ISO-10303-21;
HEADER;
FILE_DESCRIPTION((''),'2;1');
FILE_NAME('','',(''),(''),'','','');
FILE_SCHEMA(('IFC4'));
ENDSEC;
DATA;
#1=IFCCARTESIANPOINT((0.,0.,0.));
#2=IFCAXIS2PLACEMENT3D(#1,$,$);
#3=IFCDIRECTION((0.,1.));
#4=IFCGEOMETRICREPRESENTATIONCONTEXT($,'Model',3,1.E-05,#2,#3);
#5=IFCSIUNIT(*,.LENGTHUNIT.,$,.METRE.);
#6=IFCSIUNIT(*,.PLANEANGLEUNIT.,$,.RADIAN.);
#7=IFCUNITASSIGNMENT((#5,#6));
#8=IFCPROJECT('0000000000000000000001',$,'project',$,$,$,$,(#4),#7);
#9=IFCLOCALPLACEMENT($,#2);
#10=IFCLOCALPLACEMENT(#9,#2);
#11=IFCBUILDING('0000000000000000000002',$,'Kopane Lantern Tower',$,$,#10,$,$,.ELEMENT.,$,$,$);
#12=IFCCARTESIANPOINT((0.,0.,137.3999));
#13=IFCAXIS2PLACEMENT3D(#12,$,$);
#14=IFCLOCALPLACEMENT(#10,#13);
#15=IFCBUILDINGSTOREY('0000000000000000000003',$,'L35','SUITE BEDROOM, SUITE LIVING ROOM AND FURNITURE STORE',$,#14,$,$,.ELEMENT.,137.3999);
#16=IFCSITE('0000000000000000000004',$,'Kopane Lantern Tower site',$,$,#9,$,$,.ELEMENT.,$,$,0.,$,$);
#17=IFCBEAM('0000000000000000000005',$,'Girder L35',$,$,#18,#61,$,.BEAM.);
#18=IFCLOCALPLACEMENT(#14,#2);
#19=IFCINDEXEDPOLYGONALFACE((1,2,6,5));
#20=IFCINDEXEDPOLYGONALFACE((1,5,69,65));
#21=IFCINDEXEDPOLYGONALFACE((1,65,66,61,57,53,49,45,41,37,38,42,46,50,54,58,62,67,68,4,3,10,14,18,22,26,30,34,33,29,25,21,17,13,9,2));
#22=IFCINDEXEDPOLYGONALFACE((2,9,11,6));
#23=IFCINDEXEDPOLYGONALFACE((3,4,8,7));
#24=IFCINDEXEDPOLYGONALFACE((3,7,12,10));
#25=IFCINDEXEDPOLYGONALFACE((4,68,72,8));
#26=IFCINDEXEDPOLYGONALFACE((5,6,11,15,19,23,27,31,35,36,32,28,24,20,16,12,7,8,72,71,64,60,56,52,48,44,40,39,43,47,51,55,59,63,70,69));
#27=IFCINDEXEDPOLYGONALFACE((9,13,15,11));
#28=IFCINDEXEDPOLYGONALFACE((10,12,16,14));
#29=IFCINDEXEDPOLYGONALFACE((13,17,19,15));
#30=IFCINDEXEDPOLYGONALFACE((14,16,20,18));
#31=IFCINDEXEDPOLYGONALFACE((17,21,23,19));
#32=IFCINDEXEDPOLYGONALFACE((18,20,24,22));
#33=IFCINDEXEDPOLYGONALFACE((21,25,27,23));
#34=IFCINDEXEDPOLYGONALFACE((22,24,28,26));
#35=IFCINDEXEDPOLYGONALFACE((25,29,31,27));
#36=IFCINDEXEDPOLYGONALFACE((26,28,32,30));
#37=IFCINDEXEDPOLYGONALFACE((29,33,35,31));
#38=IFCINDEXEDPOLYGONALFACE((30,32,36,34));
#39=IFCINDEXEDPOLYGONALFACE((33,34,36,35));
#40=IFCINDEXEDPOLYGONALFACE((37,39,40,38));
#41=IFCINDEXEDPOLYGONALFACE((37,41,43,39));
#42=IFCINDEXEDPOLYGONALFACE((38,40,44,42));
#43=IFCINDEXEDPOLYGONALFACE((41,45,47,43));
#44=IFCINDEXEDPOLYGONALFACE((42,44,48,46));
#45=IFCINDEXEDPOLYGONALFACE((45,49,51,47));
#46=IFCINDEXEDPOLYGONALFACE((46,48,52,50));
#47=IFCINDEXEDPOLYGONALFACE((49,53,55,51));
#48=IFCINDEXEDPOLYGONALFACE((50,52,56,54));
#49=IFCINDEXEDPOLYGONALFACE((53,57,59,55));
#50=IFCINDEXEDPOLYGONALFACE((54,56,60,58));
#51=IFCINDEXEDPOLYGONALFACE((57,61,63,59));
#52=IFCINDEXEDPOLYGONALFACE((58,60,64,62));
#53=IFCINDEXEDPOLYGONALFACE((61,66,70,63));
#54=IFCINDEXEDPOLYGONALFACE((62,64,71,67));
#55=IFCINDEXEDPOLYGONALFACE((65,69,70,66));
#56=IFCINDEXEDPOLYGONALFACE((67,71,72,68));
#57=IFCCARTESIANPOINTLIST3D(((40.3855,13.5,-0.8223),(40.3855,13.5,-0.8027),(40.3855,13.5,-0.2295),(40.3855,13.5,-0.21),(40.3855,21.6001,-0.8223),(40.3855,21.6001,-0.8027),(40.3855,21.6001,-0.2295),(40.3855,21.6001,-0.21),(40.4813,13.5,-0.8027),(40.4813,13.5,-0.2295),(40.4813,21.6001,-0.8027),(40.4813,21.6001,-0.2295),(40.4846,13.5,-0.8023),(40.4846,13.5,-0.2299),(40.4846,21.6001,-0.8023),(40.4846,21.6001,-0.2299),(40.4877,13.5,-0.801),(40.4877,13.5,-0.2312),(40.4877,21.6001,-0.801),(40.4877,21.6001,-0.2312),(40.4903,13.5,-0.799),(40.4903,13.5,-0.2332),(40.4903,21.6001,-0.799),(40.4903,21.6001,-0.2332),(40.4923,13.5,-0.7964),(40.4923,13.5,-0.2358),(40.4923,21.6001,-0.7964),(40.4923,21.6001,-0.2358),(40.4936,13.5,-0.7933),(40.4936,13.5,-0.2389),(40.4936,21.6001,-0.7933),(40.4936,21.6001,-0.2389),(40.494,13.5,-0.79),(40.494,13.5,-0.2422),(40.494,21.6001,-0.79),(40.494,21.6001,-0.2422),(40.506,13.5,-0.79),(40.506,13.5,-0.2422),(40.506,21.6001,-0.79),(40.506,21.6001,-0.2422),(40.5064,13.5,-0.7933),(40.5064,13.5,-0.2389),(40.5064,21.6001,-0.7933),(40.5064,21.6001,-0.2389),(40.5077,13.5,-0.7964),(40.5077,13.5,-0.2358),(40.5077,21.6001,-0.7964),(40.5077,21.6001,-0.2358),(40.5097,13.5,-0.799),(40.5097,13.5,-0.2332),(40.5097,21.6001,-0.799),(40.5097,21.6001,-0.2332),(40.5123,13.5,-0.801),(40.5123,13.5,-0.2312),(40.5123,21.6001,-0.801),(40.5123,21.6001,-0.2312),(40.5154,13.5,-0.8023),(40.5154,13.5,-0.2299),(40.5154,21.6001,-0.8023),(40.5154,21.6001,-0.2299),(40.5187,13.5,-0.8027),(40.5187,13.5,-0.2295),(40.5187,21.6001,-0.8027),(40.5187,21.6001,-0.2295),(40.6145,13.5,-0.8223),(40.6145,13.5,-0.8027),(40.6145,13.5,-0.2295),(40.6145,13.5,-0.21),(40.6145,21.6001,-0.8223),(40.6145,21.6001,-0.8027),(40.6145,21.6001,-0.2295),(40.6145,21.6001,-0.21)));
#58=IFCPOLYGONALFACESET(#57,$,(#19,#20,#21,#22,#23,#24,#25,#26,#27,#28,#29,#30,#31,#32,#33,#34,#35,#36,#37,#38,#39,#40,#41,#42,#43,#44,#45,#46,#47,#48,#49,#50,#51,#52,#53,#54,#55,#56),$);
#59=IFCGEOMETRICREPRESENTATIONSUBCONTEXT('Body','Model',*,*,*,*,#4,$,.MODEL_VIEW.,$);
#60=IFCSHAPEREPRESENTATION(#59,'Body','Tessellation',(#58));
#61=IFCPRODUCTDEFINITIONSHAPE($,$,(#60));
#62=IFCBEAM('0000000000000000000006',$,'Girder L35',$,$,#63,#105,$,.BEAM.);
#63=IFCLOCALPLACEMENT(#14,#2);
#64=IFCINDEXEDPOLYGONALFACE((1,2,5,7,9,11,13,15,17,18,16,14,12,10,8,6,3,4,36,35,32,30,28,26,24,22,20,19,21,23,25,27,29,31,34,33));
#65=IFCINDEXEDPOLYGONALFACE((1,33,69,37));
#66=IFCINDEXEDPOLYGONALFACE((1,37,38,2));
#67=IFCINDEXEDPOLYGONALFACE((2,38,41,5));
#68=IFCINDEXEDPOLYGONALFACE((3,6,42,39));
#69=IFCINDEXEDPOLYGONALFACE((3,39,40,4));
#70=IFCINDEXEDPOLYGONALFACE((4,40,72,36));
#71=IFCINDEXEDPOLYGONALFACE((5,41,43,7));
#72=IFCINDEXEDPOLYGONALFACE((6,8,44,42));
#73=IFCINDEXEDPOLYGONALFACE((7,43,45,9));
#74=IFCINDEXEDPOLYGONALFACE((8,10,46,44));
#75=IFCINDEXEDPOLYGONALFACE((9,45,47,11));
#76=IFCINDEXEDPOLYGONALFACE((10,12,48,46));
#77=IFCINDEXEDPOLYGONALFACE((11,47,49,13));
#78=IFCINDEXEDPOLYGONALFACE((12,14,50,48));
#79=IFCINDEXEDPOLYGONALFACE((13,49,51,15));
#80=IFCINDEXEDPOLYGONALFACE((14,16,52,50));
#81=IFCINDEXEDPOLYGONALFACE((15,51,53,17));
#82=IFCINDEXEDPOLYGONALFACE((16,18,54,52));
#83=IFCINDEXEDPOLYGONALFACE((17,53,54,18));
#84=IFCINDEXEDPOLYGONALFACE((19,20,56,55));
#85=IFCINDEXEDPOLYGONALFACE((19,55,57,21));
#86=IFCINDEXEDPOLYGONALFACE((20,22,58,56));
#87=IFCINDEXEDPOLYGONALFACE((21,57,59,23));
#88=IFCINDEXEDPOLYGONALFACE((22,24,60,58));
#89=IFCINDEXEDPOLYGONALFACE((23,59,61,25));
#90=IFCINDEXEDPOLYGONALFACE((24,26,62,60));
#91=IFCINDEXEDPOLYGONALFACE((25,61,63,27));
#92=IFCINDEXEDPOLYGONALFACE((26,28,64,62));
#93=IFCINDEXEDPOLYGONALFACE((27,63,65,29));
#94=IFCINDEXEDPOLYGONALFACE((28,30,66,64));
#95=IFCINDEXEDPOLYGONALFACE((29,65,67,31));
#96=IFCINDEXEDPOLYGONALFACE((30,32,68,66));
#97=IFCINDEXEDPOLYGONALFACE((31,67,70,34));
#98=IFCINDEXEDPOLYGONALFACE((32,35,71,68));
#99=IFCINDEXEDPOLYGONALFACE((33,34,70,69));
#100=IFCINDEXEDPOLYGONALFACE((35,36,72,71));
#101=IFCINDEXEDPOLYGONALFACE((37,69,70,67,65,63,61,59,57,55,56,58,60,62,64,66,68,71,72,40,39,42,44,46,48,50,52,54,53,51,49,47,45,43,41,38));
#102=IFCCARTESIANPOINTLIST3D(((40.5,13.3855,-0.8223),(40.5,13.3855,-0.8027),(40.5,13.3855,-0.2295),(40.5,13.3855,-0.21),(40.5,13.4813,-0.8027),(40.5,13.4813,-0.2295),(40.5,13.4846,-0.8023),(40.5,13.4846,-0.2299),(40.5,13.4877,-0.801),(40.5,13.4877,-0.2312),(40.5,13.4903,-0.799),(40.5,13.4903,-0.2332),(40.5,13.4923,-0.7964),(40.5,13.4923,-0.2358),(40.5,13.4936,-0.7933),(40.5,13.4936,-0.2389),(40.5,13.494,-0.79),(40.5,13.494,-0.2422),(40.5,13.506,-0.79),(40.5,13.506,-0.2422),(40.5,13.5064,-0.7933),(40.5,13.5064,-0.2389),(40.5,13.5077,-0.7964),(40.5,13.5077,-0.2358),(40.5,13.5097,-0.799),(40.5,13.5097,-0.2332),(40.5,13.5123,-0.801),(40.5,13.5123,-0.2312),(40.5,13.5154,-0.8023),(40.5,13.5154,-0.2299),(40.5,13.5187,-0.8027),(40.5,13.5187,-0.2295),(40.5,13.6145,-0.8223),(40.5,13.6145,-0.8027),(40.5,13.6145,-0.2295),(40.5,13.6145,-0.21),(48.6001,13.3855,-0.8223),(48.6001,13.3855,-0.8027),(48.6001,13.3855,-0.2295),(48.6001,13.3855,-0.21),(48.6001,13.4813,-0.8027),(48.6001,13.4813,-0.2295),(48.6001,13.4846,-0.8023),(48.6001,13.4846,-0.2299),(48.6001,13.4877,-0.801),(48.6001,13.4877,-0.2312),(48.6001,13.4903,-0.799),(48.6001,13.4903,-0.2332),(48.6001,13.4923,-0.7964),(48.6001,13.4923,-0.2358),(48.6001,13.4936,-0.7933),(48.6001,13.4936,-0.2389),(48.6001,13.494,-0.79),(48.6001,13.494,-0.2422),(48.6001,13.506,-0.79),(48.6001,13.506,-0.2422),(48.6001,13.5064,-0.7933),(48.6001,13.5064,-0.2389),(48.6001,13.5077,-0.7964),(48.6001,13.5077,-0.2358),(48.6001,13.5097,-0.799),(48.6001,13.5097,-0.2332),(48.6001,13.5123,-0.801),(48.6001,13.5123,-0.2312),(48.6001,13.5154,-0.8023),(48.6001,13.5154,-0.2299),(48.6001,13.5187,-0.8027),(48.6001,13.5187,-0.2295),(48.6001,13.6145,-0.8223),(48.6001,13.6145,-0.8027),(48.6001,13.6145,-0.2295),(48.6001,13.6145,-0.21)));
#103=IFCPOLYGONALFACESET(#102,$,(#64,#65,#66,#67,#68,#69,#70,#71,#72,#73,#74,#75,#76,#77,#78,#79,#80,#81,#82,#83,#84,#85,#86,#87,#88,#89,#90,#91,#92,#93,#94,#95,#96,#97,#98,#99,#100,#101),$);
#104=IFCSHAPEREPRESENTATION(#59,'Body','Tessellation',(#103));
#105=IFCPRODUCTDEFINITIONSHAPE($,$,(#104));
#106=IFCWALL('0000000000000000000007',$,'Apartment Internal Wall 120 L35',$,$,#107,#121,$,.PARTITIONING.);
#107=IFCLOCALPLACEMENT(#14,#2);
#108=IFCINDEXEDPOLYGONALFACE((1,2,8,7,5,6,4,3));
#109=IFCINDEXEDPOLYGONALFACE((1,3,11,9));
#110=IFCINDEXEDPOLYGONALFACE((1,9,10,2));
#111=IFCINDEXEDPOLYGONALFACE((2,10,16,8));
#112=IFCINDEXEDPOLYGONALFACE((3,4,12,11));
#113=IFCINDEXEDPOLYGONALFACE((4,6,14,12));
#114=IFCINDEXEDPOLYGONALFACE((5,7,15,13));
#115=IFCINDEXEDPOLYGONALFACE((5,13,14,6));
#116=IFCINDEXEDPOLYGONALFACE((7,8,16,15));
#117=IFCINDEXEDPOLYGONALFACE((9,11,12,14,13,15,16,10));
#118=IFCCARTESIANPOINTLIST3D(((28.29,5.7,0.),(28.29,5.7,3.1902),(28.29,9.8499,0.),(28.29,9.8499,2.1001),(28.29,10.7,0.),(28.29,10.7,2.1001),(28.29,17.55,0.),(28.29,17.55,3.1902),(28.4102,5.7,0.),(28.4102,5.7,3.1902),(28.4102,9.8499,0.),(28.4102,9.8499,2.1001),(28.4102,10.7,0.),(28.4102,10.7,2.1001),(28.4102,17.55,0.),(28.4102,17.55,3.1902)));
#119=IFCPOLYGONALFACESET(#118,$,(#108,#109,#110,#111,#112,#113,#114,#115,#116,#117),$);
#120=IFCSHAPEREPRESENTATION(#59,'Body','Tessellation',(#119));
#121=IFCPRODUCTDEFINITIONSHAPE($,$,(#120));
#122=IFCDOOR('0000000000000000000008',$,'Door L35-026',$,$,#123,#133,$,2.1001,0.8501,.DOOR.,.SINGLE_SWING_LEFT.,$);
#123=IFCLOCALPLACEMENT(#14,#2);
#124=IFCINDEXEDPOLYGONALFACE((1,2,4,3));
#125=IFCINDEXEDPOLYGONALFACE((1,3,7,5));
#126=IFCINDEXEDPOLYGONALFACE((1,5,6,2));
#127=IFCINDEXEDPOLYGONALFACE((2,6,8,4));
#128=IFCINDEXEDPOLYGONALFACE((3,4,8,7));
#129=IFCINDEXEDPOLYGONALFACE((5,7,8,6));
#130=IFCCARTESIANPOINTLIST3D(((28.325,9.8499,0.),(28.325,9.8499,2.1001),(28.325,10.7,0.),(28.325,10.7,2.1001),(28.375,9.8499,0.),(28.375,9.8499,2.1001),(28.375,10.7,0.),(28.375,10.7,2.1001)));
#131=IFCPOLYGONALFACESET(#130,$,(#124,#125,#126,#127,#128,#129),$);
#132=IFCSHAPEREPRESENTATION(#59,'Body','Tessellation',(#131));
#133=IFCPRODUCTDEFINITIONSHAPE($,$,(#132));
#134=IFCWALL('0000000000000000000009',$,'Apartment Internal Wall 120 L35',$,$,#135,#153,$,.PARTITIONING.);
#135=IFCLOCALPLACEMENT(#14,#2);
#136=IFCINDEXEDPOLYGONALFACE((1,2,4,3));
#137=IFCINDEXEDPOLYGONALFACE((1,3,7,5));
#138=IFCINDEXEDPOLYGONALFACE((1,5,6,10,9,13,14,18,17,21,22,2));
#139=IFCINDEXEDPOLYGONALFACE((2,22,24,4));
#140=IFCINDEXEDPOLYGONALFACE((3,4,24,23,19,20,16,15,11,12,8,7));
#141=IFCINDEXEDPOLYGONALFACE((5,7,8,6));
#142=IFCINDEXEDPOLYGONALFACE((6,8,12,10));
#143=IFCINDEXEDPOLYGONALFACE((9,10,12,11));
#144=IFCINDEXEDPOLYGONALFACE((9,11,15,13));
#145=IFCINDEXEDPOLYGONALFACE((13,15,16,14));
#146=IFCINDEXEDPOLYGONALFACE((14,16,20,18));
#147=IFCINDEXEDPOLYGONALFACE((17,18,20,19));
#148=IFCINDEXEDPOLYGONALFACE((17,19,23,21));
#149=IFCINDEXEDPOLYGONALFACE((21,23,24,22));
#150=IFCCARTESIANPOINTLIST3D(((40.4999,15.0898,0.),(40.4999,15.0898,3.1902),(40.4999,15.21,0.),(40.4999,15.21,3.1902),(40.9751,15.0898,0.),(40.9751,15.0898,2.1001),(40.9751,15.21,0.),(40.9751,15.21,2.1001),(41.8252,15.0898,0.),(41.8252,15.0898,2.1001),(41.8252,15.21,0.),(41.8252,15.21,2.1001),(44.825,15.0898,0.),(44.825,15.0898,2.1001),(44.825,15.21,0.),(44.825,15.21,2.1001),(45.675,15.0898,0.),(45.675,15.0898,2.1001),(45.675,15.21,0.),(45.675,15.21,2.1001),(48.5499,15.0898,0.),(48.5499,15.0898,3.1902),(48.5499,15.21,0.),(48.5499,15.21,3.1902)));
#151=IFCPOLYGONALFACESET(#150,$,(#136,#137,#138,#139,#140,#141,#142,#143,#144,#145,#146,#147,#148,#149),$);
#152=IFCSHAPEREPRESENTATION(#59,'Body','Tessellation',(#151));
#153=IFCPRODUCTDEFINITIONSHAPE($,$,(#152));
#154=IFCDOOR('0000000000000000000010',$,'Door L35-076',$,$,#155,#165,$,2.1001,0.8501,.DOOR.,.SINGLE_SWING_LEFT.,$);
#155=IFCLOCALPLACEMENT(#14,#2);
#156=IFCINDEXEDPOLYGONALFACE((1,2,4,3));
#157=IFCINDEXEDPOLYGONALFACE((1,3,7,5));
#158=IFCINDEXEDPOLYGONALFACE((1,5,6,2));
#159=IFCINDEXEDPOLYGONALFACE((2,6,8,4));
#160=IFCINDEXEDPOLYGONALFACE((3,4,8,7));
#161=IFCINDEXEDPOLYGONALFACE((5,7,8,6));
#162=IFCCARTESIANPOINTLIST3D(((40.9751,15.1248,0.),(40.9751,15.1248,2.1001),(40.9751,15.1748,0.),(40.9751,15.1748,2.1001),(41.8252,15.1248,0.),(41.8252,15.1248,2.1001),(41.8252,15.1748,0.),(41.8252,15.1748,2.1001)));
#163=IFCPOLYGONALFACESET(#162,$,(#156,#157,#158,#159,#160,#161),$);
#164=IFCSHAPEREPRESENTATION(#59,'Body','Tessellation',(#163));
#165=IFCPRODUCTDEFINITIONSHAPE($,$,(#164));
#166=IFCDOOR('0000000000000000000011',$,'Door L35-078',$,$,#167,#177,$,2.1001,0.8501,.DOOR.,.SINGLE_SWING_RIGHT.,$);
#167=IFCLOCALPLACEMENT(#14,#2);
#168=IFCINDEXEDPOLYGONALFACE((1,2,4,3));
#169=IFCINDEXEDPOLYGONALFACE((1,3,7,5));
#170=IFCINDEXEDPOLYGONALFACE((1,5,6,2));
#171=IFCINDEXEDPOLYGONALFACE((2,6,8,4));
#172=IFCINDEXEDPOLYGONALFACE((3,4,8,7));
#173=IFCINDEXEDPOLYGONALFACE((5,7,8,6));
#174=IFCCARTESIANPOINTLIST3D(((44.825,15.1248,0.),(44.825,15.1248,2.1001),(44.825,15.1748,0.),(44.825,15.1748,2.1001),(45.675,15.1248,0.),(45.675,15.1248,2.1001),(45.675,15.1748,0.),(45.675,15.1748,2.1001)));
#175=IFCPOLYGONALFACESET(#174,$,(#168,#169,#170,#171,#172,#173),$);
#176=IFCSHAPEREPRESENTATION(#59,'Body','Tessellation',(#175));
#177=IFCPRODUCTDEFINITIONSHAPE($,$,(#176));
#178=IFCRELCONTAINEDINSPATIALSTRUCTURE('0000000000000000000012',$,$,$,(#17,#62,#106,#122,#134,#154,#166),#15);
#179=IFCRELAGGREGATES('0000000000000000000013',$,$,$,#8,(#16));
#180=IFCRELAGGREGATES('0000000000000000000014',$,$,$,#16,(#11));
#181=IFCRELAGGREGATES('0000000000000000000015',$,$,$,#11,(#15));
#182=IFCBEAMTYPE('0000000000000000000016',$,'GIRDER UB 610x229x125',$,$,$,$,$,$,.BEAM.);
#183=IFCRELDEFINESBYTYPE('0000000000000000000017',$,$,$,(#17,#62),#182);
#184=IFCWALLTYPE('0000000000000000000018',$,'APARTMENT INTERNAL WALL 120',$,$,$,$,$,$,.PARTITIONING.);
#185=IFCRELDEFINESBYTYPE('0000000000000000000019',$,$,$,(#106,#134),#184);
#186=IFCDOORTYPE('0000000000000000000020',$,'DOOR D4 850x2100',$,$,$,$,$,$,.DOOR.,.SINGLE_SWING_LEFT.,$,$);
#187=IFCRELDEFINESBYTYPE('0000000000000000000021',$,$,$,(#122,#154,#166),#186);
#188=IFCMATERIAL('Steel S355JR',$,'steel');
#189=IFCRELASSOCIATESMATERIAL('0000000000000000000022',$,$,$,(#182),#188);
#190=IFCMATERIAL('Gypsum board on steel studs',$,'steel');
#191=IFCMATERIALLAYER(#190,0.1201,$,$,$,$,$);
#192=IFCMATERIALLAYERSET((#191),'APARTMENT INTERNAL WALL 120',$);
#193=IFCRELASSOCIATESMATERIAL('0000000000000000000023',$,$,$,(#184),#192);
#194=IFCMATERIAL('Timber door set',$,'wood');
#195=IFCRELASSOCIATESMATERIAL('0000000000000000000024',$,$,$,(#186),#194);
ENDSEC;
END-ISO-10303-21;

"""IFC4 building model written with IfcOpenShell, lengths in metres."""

from ifc_helpers import new_model, si_unit, direction, frame, frame_2d, origin, origin_2d, place, context, subcontext, project, spatial, rectangle, i_section, extrude, material, layer, layer_set, material_profile, profile_set, type_object, element, fill, save


model = new_model("IFC4")

# Units and contexts
model_context = context("Model", 3, precision=1e-05, world=origin(), true_north=direction((0.0, 1.0)))
body_context = subcontext(model_context, "Body", "Model", "MODEL_VIEW")
ifc_project = project(units=[si_unit("LENGTHUNIT", "METRE"), si_unit("PLANEANGLEUNIT", "RADIAN")], contexts=[model_context])

# Site, building, storey
site_placement = place(None, origin())
site = spatial("IfcSite", under=ifc_project, at=site_placement, Name="Kopane Lantern Tower site", CompositionType="ELEMENT", RefElevation=0.0)
building_placement = place(site_placement, origin())
building = spatial("IfcBuilding", under=site, at=building_placement, Name="Kopane Lantern Tower", CompositionType="ELEMENT")
storey_placement = place(building_placement, frame((0.0, 0.0, 137.3999)))
storey = spatial("IfcBuildingStorey", under=building, at=storey_placement, Name="L35", Description="SUITE BEDROOM, SUITE LIVING ROOM AND FURNITURE STORE", CompositionType="ELEMENT", Elevation=137.3999)

# Beams
ifc_material_1 = material(Name="Steel S355JR", Category="steel")
ifc_material_profile_1 = material_profile(ifc_material_1, i_section(OverallWidth=0.229, OverallDepth=0.6123, WebThickness=0.012, FlangeThickness=0.0195, FilletRadius=0.0127, at=origin_2d()), Name="UB 610x229x125")
ifc_profile_set_1 = profile_set([ifc_material_profile_1], Name="Steel S355JR")
beam_type = type_object("IfcBeamType", Name="GIRDER UB 610x229x125", PredefinedType="BEAM", material=ifc_profile_set_1)
for number, where, z_axis, x_axis, name in (
    (1, (40.5, 13.5, -0.5161), (0.0, 1.0, 0.0), (-1.0, 0.0, 0.0), "Girder L35"),
    (2, (40.5, 13.5, -0.5161), (1.0, 0.0, 0.0), (0.0, 1.0, 0.0), "Girder L35"),
):
    element("IfcBeam", number, at=place(storey_placement, frame(where, z_axis=z_axis, x_axis=x_axis)), inside=storey, type_object=beam_type, Name=name, PredefinedType="BEAM", context=body_context, shape_type="SweptSolid", body=[
        extrude(i_section(OverallWidth=0.229, OverallDepth=0.6123, WebThickness=0.012, FlangeThickness=0.0195, FilletRadius=0.0127, at=origin_2d()), origin(), (0.0, 0.0, 1.0), 8.1001),
    ])

# Wall, opening, door
ifc_material_2 = material(Name="Gypsum board on steel studs", Category="steel")
ifc_layer_1 = layer(ifc_material_2, 0.1201)
ifc_layer_set_1 = layer_set([ifc_layer_1], Name="APARTMENT INTERNAL WALL 120")
wall_type_1 = type_object("IfcWallType", Name="APARTMENT INTERNAL WALL 120", PredefinedType="PARTITIONING", material=ifc_layer_set_1)
wall_1_placement = place(storey_placement, frame((28.3501, 17.55, 0.0), z_axis=(0.0, 0.0, 1.0), x_axis=(0.0, -1.0, 0.0)))
wall_1 = element("IfcWall", 3, at=wall_1_placement, inside=storey, type_object=wall_type_1, Name="Apartment Internal Wall 120 L35", PredefinedType="PARTITIONING", context=body_context, shape_type="SweptSolid", body=[
    extrude(rectangle(XDim=11.8501, YDim=0.1201, at=frame_2d((5.925, 0.0))), origin(), (0.0, 0.0, 1.0), 3.1902),
])
opening_1_placement = place(wall_1_placement, frame((6.8501, 0.0, 0.0)))
opening_1 = element("IfcOpeningElement", 4, at=opening_1_placement, cuts=wall_1, PredefinedType="OPENING", context=body_context, shape_type="SweptSolid", body=[
    extrude(rectangle(XDim=0.8501, YDim=2.1001, at=frame_2d((0.425, 1.05))), frame((0.0, 0.0701, 0.0), z_axis=(0.0, -1.0, 0.0), x_axis=(1.0, 0.0, 0.0)), (0.0, 0.0, 1.0), 0.1401),
])
ifc_material_3 = material(Name="Timber door set", Category="wood")
door_type_1 = type_object("IfcDoorType", Name="DOOR D4 850x2100", OperationType="SINGLE_SWING_LEFT", PredefinedType="DOOR", material=ifc_material_3)
door_1_placement = place(opening_1_placement, origin())
door_1 = element("IfcDoor", 5, at=door_1_placement, inside=storey, type_object=door_type_1, Name="Door L35-026", OperationType="SINGLE_SWING_LEFT", OverallHeight=2.1001, OverallWidth=0.8501, PredefinedType="DOOR", context=body_context, shape_type="SweptSolid", body=[
    extrude(rectangle(XDim=0.8501, YDim=2.1001, at=frame_2d((0.425, 1.05))), frame((0.0, 0.0249, 0.0), z_axis=(0.0, -1.0, 0.0), x_axis=(1.0, 0.0, 0.0)), (0.0, 0.0, 1.0), 0.05),
])
fill(opening_1, door_1)

# Wall, openings, doors
wall_2_placement = place(storey_placement, frame((40.5, 15.1499, 0.0), z_axis=(0.0, 0.0, 1.0), x_axis=(1.0, 0.0, 0.0)))
wall_2 = element("IfcWall", 6, at=wall_2_placement, inside=storey, type_object=wall_type_1, Name="Apartment Internal Wall 120 L35", PredefinedType="PARTITIONING", context=body_context, shape_type="SweptSolid", body=[
    extrude(rectangle(XDim=8.05, YDim=0.1201, at=frame_2d((4.0249, 0.0))), origin(), (0.0, 0.0, 1.0), 3.1902),
])
opening_2_placement = place(wall_2_placement, frame((0.4751, 0.0, 0.0)))
opening_2 = element("IfcOpeningElement", 7, at=opening_2_placement, cuts=wall_2, PredefinedType="OPENING", context=body_context, shape_type="SweptSolid", body=[
    extrude(rectangle(XDim=0.8501, YDim=2.1001, at=frame_2d((0.425, 1.05))), frame((0.0, 0.0701, 0.0), z_axis=(0.0, -1.0, 0.0), x_axis=(1.0, 0.0, 0.0)), (0.0, 0.0, 1.0), 0.1401),
])
opening_3_placement = place(wall_2_placement, frame((4.325, 0.0, 0.0)))
opening_3 = element("IfcOpeningElement", 8, at=opening_3_placement, cuts=wall_2, PredefinedType="OPENING", context=body_context, shape_type="SweptSolid", body=[
    extrude(rectangle(XDim=0.8501, YDim=2.1001, at=frame_2d((0.425, 1.05))), frame((0.0, 0.0701, 0.0), z_axis=(0.0, -1.0, 0.0), x_axis=(1.0, 0.0, 0.0)), (0.0, 0.0, 1.0), 0.1401),
])
door_2_placement = place(opening_2_placement, origin())
door_2 = element("IfcDoor", 9, at=door_2_placement, inside=storey, type_object=door_type_1, Name="Door L35-076", OperationType="SINGLE_SWING_LEFT", OverallHeight=2.1001, OverallWidth=0.8501, PredefinedType="DOOR", context=body_context, shape_type="SweptSolid", body=[
    extrude(rectangle(XDim=0.8501, YDim=2.1001, at=frame_2d((0.425, 1.05))), frame((0.0, 0.0249, 0.0), z_axis=(0.0, -1.0, 0.0), x_axis=(1.0, 0.0, 0.0)), (0.0, 0.0, 1.0), 0.05),
])
fill(opening_2, door_2)
door_3_placement = place(opening_3_placement, origin())
door_3 = element("IfcDoor", 10, at=door_3_placement, inside=storey, type_object=door_type_1, Name="Door L35-078", OperationType="SINGLE_SWING_RIGHT", OverallHeight=2.1001, OverallWidth=0.8501, PredefinedType="DOOR", context=body_context, shape_type="SweptSolid", body=[
    extrude(rectangle(XDim=0.8501, YDim=2.1001, at=frame_2d((0.425, 1.05))), frame((0.0, 0.0249, 0.0), z_axis=(0.0, -1.0, 0.0), x_axis=(1.0, 0.0, 0.0)), (0.0, 0.0, 1.0), 0.05),
])
fill(opening_3, door_3)

save(model, "model.ifc")
